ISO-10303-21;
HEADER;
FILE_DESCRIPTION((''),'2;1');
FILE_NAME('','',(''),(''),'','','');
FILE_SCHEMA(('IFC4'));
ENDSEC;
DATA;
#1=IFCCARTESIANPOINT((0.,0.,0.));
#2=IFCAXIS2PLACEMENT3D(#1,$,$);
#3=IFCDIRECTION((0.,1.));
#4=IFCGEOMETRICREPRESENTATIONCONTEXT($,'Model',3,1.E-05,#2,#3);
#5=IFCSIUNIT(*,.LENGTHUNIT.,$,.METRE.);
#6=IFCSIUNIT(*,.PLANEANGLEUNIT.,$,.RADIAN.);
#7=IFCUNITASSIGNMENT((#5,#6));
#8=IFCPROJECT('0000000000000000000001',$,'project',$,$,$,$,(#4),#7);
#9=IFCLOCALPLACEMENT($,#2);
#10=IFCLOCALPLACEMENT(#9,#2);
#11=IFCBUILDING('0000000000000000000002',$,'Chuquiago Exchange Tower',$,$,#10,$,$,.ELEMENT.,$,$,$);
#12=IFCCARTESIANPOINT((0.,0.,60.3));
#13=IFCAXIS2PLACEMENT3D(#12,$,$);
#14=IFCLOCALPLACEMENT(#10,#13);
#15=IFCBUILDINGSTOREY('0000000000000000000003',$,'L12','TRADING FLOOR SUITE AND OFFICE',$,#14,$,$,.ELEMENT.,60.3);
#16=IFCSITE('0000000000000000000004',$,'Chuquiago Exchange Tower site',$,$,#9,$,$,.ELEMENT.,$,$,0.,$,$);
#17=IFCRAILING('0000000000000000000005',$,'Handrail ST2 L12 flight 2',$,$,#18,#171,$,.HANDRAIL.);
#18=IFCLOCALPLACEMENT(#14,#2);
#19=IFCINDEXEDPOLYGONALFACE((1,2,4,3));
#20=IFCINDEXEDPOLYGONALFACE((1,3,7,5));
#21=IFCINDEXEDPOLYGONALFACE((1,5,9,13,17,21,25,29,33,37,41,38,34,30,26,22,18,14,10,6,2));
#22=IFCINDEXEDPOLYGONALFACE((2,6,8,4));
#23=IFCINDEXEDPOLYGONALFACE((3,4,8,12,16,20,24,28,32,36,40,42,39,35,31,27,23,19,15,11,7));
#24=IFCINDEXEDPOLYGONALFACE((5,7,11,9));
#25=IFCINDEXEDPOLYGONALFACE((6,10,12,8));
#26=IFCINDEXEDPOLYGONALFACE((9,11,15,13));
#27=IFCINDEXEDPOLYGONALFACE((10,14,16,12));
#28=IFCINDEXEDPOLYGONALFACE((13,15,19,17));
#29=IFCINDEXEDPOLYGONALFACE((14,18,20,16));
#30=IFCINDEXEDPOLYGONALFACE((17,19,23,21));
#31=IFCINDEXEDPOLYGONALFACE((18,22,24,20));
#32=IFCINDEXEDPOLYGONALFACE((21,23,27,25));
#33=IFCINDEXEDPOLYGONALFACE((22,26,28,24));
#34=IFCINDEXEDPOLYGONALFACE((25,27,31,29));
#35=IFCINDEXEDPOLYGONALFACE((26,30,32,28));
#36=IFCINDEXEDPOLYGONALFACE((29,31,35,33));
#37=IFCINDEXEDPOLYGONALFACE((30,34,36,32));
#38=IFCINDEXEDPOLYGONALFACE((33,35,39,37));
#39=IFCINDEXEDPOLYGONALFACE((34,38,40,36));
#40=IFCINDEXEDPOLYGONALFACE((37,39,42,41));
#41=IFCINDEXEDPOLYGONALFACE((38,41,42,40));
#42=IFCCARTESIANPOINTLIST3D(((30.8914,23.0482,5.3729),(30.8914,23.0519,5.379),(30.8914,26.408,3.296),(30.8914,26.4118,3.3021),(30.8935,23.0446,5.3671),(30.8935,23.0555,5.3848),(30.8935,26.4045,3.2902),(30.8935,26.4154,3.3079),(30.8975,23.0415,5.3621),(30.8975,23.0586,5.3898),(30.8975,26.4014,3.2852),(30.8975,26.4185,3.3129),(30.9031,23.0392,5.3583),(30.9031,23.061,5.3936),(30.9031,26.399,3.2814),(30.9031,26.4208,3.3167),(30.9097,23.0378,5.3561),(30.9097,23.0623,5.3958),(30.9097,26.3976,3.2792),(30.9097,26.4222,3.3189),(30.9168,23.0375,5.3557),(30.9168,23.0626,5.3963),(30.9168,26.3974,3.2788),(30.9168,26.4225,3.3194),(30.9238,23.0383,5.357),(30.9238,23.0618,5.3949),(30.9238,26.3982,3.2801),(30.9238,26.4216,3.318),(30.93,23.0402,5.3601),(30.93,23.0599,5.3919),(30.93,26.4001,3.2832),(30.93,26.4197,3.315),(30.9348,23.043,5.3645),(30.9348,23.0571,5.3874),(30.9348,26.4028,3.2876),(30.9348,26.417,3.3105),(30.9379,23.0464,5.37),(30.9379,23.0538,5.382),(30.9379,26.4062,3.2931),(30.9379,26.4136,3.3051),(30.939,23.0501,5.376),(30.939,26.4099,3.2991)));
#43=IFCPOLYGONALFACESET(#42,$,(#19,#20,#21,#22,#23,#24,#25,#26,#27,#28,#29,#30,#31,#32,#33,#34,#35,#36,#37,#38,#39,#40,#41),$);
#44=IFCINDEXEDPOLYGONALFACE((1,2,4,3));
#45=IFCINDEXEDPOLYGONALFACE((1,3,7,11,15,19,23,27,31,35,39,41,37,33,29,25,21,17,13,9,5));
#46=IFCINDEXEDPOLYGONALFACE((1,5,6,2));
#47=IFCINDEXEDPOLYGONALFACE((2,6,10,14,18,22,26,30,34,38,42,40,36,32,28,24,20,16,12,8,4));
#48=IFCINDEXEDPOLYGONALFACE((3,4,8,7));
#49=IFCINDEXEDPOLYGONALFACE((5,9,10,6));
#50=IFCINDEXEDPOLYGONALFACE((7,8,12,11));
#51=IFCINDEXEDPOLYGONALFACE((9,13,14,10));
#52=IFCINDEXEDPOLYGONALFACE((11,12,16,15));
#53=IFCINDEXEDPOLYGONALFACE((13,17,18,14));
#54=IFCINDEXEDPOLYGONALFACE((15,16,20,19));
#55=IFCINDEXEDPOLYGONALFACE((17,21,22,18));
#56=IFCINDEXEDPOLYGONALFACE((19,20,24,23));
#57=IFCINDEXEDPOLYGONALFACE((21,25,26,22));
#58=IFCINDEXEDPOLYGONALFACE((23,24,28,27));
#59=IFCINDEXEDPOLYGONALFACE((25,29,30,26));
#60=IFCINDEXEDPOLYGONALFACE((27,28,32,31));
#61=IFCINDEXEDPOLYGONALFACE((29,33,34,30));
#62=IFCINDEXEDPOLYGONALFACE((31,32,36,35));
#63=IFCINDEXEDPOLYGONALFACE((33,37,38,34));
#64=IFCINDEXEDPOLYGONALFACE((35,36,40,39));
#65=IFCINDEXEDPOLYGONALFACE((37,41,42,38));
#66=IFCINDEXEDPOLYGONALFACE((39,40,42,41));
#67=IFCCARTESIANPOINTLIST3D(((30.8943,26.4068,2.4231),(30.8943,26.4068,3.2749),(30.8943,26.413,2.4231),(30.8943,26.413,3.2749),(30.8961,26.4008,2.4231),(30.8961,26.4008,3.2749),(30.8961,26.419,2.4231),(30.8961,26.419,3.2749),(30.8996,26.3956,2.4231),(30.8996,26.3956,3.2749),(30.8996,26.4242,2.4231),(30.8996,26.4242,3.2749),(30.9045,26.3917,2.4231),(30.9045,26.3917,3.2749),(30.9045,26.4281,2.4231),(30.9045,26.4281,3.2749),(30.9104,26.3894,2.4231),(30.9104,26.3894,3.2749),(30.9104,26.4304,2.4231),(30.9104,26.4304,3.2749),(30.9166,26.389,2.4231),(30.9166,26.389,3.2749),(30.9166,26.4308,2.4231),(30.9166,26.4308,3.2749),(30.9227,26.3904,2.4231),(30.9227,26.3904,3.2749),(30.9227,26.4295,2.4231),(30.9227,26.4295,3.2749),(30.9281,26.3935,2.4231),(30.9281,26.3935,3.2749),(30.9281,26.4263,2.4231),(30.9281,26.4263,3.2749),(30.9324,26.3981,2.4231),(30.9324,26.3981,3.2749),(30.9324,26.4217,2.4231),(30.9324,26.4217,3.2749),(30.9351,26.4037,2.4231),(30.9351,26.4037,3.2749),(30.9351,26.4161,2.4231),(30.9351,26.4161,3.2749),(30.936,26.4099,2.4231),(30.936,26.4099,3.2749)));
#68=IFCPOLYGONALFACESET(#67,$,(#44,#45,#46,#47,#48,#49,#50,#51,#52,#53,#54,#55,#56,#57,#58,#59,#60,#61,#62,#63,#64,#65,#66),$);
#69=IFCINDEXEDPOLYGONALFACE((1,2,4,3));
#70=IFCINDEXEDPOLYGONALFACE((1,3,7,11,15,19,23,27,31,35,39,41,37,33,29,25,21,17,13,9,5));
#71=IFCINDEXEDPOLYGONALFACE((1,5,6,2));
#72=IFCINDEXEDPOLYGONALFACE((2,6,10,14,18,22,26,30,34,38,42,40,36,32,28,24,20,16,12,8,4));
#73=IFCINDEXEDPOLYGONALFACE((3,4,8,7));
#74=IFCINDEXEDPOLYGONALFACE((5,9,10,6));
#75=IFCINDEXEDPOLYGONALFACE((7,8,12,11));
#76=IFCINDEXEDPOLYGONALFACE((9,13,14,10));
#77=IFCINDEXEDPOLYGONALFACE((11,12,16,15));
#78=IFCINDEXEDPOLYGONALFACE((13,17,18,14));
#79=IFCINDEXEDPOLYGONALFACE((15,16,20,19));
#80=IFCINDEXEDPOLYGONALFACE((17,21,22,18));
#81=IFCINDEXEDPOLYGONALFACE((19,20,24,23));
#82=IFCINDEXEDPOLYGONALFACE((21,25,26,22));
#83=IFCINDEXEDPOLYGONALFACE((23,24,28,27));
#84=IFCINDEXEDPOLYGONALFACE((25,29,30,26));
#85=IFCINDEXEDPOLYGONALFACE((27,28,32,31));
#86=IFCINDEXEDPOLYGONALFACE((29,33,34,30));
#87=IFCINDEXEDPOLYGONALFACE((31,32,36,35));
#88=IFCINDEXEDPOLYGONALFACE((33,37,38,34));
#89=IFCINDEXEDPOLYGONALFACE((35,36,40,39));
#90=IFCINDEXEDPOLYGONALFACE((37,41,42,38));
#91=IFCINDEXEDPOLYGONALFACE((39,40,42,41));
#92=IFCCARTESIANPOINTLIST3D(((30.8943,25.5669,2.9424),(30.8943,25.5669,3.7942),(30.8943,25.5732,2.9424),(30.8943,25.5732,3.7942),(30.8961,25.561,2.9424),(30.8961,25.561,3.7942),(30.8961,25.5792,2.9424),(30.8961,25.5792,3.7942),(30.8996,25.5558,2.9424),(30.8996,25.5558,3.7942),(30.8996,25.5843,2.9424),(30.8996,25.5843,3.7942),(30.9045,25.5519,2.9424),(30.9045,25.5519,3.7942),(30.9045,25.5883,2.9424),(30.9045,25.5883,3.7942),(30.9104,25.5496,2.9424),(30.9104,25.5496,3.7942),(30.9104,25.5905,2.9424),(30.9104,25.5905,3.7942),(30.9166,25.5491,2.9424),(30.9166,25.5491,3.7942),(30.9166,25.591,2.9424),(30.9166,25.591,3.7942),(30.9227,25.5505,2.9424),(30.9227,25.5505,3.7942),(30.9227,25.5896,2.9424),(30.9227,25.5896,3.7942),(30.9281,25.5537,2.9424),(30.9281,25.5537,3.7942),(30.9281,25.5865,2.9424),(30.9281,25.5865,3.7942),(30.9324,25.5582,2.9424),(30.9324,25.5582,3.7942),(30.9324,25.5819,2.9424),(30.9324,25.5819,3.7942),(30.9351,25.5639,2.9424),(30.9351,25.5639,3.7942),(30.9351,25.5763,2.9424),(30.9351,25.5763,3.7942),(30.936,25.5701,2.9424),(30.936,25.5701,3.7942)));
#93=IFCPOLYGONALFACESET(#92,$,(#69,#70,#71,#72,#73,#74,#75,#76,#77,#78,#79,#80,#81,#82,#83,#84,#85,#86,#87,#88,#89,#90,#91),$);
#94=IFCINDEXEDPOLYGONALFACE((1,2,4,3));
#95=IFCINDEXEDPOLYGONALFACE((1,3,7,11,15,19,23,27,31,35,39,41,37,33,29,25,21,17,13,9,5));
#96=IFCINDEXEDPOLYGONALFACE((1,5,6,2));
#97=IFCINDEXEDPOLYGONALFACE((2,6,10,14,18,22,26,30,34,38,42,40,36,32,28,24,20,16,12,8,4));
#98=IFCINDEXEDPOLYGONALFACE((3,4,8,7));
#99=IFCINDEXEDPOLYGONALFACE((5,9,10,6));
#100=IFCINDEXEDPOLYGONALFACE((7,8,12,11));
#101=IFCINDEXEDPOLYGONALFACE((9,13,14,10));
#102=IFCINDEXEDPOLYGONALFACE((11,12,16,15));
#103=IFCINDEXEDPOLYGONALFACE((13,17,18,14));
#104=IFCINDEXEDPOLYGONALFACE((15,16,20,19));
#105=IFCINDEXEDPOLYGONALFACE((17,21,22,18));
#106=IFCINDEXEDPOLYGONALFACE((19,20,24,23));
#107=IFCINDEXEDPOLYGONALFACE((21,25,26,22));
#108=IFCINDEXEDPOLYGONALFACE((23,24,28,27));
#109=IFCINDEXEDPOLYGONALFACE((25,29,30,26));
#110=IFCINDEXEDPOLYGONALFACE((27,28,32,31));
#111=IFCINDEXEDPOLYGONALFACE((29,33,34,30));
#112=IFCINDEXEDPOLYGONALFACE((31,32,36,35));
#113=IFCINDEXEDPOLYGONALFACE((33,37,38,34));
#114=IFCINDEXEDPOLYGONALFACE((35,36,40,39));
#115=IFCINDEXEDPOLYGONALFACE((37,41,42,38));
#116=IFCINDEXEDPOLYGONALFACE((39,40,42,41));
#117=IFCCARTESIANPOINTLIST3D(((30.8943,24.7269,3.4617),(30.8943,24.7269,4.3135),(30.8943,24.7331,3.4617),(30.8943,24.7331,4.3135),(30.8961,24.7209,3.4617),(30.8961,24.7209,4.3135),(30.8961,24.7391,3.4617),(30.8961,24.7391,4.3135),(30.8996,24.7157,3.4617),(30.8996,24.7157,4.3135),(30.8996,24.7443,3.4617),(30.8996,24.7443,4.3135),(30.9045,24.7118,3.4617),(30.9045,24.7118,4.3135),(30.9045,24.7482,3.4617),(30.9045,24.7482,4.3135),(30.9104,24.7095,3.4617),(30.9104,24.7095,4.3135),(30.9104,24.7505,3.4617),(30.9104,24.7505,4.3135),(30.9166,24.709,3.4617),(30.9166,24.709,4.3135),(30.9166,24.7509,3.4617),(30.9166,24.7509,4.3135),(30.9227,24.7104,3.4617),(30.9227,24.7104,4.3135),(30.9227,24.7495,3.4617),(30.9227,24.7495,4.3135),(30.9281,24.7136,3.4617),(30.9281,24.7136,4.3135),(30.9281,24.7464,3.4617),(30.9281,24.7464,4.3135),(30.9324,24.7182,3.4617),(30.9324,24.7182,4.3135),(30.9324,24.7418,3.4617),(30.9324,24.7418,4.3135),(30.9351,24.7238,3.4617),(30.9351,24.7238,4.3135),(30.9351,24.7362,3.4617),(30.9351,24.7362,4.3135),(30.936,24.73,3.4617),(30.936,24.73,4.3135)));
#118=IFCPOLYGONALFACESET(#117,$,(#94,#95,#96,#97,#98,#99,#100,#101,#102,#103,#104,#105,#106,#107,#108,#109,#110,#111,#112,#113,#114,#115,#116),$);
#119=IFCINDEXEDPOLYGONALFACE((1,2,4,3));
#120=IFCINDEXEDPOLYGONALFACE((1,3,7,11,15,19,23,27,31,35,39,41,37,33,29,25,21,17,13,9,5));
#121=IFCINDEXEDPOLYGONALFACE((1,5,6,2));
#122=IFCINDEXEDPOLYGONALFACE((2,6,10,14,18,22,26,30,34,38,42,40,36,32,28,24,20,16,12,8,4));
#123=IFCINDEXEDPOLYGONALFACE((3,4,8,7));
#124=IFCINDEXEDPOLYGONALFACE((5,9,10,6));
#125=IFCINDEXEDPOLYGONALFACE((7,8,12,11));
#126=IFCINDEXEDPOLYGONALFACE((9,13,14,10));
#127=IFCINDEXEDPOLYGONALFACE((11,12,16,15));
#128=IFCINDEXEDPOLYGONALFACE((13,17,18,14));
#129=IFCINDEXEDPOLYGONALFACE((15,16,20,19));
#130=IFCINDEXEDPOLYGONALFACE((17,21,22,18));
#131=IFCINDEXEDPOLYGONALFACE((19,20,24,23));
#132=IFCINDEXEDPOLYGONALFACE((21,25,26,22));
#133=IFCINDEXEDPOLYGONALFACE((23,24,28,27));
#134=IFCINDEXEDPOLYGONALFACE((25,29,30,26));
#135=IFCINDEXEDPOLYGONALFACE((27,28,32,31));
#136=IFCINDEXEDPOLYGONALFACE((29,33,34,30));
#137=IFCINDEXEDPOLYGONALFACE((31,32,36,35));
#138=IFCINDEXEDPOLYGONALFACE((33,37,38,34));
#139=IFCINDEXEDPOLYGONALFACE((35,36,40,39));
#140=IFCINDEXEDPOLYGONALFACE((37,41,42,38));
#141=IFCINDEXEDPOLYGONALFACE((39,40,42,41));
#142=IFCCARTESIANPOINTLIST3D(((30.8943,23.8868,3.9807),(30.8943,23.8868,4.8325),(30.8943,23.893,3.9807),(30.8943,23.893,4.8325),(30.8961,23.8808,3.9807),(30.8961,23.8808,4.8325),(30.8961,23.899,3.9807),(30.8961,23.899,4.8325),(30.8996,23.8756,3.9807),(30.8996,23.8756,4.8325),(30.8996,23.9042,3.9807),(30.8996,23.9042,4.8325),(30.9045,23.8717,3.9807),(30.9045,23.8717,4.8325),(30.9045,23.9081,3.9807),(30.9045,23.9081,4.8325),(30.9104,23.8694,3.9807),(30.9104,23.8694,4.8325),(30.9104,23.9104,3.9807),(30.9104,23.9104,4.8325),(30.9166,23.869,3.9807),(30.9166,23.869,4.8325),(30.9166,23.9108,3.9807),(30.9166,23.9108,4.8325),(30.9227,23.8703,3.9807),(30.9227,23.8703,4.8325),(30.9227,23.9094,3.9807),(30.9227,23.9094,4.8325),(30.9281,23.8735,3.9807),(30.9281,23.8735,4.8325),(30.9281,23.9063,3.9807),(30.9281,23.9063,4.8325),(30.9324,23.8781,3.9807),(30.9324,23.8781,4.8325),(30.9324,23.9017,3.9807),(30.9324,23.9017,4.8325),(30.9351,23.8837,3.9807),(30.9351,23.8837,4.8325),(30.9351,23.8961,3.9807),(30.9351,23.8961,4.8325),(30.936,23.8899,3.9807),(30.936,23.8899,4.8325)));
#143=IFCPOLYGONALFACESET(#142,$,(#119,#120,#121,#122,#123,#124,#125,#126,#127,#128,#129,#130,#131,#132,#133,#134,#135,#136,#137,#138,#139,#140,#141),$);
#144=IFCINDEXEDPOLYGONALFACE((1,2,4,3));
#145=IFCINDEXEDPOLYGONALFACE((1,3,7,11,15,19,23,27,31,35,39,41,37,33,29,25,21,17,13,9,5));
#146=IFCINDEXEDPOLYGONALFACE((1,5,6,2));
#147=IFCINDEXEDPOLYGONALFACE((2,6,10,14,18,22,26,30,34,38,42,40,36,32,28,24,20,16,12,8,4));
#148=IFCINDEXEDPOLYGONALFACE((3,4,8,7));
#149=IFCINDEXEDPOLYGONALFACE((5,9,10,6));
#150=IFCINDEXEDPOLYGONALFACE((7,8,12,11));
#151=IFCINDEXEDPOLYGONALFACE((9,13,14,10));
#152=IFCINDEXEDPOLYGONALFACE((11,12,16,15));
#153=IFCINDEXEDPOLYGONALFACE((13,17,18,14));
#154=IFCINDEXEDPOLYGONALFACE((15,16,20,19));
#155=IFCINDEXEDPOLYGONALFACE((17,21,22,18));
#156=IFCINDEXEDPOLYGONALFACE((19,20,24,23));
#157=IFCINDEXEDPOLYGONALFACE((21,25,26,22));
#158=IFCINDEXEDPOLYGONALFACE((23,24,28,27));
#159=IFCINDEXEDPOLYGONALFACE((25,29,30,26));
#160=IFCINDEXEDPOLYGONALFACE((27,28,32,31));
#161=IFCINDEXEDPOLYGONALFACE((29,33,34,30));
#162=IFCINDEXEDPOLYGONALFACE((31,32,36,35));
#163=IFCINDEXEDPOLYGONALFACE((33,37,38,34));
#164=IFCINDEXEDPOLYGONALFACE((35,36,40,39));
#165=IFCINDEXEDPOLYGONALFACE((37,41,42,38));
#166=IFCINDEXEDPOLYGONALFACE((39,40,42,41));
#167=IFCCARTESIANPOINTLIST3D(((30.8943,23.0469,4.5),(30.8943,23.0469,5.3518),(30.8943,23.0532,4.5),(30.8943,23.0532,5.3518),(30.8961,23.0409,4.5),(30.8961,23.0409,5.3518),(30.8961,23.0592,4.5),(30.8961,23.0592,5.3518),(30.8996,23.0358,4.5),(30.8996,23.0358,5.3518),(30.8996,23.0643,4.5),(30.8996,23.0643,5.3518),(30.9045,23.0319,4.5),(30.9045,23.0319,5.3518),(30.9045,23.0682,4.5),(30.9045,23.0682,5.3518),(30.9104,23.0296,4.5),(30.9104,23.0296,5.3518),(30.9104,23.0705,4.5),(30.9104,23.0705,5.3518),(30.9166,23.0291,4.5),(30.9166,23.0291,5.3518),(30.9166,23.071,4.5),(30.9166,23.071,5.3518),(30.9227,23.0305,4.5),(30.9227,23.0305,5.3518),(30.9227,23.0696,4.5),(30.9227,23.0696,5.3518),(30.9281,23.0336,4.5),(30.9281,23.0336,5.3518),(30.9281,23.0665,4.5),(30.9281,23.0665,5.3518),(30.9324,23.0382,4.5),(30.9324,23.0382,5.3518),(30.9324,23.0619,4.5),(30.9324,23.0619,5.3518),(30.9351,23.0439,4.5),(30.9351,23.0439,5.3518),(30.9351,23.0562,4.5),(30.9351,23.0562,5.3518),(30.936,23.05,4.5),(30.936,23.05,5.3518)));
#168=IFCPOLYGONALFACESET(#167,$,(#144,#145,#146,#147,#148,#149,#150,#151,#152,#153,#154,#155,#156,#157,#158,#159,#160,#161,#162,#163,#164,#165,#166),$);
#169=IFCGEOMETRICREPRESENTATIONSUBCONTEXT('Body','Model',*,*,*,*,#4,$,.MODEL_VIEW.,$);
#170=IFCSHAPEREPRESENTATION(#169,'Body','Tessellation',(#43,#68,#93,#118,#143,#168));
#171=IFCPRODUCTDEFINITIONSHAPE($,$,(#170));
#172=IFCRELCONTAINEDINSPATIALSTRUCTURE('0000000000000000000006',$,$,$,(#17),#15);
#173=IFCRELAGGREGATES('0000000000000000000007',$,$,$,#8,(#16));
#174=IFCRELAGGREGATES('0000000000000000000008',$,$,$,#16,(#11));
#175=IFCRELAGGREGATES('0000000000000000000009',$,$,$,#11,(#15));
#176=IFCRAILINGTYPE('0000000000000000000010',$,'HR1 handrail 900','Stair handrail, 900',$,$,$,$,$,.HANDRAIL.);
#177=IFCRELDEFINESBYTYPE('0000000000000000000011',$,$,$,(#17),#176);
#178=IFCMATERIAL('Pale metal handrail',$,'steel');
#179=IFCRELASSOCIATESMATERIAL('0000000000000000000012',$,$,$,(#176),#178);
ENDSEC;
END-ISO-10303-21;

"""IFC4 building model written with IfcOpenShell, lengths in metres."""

from ifc_helpers import new_model, si_unit, direction, frame, origin, origin_2d, place, context, subcontext, project, spatial, circle, extrude, material, type_object, element, save


model = new_model("IFC4")

# Units and contexts
model_context = context("Model", 3, precision=1e-05, world=origin(), true_north=direction((0.0, 1.0)))
body_context = subcontext(model_context, "Body", "Model", "MODEL_VIEW")
ifc_project = project(units=[si_unit("LENGTHUNIT", "METRE"), si_unit("PLANEANGLEUNIT", "RADIAN")], contexts=[model_context])

# Site, building, storey
site_placement = place(None, origin())
site = spatial("IfcSite", under=ifc_project, at=site_placement, Name="Chuquiago Exchange Tower site", CompositionType="ELEMENT", RefElevation=0.0)
building_placement = place(site_placement, origin())
building = spatial("IfcBuilding", under=site, at=building_placement, Name="Chuquiago Exchange Tower", CompositionType="ELEMENT")
storey_placement = place(building_placement, frame((0.0, 0.0, 60.3)))
storey = spatial("IfcBuildingStorey", under=building, at=storey_placement, Name="L12", Description="TRADING FLOOR SUITE AND OFFICE", CompositionType="ELEMENT", Elevation=60.3)

# Railing
ifc_material_1 = material(Name="Pale metal handrail", Category="steel")
railing_type_1 = type_object("IfcRailingType", Name="HR1 handrail 900", Description="Stair handrail, 900", PredefinedType="HANDRAIL", material=ifc_material_1)
for number, where, name in (
    (1, (30.915, 26.4099, 2.4231), "Handrail ST2 L12 flight 2"),
):
    element("IfcRailing", number, at=place(storey_placement, frame(where)), inside=storey, type_object=railing_type_1, Name=name, PredefinedType="HANDRAIL", context=body_context, shape_type="SweptSolid", body=[
        extrude(circle(Radius=0.0239, at=origin_2d()), frame((0.0, 0.0, 0.876), z_axis=(0.0, -0.850606, 0.525803), x_axis=(1.0, 0.0, 0.0)), (0.0, 0.0, 1.0), 3.95),
        extrude(circle(Radius=0.021, at=origin_2d()), origin(), (0.0, 0.0, 1.0), 0.8518),
        extrude(circle(Radius=0.021, at=origin_2d()), frame((0.0, -0.8398, 0.5193)), (0.0, 0.0, 1.0), 0.8518),
        extrude(circle(Radius=0.021, at=origin_2d()), frame((0.0, -1.6799, 1.0386)), (0.0, 0.0, 1.0), 0.8518),
        extrude(circle(Radius=0.021, at=origin_2d()), frame((0.0, -2.52, 1.5576)), (0.0, 0.0, 1.0), 0.8518),
        extrude(circle(Radius=0.021, at=origin_2d()), frame((0.0, -3.3599, 2.0769)), (0.0, 0.0, 1.0), 0.8518),
    ])

save(model, "model.ifc")
